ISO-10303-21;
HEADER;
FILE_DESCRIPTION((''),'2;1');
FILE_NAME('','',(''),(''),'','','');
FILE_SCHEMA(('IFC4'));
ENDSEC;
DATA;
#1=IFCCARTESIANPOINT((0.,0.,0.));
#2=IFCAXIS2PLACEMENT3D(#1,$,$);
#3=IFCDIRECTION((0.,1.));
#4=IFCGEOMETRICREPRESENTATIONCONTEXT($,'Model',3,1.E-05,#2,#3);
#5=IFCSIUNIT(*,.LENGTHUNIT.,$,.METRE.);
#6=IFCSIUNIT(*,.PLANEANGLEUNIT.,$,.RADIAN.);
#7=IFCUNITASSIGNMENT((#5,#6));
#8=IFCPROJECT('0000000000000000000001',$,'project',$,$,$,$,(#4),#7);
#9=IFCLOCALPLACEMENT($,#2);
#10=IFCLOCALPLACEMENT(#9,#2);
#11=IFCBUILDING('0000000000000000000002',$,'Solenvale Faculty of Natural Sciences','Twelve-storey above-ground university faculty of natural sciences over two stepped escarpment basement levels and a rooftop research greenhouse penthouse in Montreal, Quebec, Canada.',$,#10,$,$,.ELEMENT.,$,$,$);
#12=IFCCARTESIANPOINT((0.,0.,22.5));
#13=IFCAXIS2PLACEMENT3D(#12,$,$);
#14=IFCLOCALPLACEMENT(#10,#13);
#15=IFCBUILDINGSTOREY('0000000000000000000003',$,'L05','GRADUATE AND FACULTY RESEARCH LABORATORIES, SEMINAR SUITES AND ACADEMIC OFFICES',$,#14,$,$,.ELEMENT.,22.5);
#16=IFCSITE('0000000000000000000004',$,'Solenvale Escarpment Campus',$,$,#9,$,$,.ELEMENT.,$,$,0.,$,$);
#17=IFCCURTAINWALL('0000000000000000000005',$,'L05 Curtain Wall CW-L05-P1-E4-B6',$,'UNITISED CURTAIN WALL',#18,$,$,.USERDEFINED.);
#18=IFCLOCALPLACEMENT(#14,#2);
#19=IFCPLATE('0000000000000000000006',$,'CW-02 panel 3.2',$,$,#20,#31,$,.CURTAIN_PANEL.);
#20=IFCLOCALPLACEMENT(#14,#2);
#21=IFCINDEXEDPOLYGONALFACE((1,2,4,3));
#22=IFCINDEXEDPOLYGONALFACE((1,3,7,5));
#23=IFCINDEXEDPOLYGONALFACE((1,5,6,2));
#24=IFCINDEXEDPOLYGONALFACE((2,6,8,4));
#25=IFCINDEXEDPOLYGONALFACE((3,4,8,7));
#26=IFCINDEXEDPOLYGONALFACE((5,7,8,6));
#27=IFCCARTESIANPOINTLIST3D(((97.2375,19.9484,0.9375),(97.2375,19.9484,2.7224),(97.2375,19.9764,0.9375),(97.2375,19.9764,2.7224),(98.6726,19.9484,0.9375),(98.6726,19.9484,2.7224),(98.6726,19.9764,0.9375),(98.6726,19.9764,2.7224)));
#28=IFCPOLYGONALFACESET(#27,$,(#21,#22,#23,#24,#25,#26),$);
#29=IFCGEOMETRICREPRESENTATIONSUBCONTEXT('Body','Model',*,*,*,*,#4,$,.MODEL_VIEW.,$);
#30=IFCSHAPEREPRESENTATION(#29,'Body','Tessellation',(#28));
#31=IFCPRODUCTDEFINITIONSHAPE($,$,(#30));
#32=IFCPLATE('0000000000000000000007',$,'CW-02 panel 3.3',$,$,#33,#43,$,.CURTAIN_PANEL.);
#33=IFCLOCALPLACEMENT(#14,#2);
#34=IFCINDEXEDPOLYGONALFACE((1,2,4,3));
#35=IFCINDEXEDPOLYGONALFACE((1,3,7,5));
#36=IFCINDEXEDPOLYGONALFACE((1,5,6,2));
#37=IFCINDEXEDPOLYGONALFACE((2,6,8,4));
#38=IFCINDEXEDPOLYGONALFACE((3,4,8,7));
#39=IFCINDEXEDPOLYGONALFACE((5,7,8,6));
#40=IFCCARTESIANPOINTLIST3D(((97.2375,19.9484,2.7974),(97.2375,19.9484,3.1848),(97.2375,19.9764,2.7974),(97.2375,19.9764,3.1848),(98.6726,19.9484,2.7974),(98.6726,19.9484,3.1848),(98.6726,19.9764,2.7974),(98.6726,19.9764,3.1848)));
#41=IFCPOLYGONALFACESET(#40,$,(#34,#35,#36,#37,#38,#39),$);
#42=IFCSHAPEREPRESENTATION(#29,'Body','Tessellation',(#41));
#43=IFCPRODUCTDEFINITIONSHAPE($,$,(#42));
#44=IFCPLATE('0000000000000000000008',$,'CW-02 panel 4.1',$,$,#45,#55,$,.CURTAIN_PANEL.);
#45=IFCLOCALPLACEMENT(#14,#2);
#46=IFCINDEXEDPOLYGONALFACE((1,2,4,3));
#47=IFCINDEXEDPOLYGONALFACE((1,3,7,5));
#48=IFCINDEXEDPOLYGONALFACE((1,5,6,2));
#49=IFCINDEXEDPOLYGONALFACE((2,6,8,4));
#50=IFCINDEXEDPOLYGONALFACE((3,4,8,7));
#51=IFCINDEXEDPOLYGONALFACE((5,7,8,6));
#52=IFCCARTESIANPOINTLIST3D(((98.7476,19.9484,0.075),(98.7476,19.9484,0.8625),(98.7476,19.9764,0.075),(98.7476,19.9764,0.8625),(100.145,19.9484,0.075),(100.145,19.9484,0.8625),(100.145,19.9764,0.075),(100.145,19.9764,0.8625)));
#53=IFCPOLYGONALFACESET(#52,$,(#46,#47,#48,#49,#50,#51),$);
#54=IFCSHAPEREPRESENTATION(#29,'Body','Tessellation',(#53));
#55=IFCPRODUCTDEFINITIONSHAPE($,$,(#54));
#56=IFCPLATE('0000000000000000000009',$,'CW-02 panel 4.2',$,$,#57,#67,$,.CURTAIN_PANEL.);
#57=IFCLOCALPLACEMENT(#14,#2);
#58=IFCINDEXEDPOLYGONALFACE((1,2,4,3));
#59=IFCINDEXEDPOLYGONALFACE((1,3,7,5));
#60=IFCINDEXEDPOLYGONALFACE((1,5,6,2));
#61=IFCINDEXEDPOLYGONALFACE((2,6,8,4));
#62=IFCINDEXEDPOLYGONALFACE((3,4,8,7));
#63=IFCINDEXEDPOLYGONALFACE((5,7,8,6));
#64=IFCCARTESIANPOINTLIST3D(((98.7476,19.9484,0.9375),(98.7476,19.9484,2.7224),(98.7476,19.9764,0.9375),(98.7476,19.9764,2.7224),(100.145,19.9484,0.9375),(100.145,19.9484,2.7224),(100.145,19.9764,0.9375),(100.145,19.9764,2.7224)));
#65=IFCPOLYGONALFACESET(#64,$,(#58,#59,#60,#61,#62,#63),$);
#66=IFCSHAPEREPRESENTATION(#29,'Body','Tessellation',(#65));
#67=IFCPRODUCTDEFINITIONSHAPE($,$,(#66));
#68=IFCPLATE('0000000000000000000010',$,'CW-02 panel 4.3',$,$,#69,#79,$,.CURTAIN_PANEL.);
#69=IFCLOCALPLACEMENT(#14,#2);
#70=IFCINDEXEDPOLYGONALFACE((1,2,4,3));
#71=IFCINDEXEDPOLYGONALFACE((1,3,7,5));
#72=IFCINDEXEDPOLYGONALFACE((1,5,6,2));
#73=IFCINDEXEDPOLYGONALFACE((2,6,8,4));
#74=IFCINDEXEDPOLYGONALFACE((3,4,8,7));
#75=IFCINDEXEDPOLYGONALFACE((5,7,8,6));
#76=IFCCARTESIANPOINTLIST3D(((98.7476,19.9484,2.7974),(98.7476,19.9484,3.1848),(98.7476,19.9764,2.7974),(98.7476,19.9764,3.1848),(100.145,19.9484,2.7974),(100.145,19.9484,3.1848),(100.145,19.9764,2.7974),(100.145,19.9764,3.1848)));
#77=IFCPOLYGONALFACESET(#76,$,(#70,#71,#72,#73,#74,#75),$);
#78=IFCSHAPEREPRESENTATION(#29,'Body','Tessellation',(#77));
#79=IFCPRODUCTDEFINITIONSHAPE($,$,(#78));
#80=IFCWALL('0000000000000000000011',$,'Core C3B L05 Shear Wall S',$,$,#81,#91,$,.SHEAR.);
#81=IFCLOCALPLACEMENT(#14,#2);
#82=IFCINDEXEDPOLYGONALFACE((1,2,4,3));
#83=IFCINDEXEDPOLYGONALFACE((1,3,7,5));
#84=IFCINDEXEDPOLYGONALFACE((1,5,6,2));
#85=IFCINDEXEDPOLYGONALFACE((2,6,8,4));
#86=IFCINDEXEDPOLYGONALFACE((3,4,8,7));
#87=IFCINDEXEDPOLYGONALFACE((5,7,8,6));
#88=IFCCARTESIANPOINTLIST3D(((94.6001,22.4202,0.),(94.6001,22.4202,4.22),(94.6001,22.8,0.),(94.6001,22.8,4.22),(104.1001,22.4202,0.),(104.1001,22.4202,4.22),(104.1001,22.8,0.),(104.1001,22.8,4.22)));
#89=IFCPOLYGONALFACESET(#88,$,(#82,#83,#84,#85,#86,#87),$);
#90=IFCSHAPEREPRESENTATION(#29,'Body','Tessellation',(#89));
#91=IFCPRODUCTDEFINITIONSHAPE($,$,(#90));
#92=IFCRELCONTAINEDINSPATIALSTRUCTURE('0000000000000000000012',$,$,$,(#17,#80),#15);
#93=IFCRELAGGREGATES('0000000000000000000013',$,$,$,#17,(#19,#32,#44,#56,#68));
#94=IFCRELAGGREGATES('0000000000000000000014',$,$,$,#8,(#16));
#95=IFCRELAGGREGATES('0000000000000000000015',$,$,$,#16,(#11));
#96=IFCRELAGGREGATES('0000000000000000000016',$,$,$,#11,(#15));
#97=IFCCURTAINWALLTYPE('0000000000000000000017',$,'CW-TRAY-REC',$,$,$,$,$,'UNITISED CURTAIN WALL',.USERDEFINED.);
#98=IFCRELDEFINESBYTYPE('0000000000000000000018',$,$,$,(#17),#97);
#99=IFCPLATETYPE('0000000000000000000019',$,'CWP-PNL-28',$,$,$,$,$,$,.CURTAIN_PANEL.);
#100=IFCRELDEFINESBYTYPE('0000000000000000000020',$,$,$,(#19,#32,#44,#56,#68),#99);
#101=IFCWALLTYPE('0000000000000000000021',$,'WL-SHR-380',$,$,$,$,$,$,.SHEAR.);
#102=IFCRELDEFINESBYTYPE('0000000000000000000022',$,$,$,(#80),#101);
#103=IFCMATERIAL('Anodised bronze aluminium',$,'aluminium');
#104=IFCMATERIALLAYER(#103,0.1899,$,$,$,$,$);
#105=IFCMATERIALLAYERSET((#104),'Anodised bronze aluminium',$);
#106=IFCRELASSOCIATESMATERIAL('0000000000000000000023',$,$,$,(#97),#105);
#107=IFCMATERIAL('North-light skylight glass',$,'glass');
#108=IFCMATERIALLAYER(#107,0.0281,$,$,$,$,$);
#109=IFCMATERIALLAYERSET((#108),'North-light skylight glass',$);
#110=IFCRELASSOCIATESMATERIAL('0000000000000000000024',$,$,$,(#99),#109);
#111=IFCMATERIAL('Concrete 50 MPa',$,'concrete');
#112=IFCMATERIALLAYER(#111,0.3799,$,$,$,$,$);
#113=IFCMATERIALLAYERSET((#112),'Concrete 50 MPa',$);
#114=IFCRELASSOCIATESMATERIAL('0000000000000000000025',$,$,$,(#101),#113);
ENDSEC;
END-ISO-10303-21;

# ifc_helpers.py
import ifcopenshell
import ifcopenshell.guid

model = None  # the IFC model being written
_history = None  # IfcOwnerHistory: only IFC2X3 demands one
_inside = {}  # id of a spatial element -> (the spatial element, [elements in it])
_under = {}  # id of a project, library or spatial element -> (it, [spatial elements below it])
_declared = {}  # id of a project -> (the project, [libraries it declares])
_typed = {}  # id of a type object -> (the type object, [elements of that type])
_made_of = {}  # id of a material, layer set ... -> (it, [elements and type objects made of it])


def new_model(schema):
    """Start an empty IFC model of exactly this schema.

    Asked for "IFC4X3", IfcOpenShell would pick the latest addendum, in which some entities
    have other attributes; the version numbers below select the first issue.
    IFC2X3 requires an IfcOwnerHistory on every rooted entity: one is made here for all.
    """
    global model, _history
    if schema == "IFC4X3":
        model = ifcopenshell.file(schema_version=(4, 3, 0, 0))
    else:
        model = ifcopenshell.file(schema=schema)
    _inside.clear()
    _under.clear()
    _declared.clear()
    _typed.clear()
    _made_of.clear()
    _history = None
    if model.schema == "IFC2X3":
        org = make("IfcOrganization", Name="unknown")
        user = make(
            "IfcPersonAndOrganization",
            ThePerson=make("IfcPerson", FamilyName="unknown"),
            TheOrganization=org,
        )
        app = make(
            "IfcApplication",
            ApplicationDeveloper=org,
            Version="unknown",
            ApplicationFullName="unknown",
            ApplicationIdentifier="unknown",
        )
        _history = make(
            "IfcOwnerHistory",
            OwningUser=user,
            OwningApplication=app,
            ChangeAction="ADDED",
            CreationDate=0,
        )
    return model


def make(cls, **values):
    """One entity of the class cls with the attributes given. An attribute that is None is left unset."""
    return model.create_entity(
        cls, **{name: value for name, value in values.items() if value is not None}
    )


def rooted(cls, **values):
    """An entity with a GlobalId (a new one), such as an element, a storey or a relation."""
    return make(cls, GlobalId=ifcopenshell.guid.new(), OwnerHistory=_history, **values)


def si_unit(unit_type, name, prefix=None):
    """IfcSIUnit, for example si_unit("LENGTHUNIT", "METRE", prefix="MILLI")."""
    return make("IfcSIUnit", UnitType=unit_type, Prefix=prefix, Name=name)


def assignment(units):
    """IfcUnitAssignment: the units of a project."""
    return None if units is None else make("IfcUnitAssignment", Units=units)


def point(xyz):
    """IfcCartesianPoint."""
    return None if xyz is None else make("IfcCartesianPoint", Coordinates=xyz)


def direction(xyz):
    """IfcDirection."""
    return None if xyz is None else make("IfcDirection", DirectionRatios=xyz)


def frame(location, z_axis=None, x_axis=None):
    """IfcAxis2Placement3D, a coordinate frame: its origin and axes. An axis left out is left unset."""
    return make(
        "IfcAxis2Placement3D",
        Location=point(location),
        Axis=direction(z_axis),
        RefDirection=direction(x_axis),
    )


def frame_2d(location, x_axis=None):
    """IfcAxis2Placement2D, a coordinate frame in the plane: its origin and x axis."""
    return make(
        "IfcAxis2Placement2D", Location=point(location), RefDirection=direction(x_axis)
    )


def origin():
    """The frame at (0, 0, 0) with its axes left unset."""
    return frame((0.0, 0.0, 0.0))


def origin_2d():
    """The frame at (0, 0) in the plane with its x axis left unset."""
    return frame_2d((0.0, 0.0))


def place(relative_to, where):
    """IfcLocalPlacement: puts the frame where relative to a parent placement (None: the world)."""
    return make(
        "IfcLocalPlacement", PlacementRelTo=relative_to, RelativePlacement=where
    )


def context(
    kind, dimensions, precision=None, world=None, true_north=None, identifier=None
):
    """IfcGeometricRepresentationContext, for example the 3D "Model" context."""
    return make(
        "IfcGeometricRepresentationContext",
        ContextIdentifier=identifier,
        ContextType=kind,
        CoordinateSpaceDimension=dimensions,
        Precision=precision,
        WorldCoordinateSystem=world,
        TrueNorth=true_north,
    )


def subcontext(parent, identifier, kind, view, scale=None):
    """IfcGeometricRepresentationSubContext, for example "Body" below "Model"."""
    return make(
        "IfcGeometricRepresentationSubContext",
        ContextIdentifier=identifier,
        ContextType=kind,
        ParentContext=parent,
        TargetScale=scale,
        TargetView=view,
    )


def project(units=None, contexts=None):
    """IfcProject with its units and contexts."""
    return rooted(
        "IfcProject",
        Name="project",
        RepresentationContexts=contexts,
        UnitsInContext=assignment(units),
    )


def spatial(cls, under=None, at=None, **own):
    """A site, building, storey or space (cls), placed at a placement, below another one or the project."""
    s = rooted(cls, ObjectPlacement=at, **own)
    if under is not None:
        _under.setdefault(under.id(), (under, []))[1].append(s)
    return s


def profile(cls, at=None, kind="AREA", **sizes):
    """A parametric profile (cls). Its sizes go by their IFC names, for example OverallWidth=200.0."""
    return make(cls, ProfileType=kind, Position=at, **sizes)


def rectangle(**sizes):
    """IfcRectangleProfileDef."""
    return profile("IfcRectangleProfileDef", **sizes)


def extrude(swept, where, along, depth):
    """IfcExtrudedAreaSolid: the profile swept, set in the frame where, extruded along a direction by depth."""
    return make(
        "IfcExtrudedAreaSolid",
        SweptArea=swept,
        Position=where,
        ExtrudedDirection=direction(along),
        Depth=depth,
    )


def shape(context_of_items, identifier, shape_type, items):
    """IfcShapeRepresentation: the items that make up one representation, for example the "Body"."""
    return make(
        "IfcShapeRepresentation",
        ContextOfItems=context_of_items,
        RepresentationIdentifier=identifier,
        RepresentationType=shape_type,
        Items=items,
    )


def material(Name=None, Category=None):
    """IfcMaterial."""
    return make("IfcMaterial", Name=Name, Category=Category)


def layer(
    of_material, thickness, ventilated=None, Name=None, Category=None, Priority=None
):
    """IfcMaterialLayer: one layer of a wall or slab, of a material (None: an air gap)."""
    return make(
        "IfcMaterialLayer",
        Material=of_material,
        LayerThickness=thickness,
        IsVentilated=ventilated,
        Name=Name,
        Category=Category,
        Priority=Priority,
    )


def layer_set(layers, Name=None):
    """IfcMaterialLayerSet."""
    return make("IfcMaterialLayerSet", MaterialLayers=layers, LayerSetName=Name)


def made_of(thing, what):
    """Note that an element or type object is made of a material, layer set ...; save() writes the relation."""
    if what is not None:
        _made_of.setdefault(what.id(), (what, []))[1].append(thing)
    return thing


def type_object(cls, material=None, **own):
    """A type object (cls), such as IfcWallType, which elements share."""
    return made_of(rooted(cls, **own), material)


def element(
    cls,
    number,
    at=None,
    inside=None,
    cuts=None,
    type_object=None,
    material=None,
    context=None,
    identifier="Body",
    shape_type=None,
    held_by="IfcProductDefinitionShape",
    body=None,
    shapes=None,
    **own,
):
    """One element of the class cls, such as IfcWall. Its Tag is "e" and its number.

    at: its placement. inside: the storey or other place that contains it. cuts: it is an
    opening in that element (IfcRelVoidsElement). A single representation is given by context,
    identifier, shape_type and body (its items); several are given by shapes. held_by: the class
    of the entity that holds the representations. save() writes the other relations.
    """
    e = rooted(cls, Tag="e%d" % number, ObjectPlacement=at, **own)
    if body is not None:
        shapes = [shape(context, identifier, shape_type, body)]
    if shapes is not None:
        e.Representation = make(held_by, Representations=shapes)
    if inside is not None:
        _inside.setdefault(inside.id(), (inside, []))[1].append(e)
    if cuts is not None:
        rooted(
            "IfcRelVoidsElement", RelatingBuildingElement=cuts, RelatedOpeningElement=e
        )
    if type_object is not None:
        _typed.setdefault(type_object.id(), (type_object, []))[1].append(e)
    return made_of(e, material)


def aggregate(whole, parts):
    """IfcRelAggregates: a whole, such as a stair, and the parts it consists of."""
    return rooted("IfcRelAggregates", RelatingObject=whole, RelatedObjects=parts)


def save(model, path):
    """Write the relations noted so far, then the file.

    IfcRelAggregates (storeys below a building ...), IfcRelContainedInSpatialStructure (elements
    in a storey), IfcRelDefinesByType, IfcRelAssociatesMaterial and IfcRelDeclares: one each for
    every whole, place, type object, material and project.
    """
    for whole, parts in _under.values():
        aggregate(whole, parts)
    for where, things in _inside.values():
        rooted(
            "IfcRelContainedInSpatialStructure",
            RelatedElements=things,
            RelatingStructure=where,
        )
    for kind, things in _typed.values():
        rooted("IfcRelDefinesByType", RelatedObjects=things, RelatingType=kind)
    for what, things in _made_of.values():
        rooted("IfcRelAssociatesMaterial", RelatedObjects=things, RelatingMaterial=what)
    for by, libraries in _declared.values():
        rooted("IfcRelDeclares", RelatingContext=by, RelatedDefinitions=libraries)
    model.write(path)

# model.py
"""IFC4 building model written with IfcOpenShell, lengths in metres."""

from ifc_helpers import new_model, si_unit, direction, frame, frame_2d, origin, origin_2d, place, context, subcontext, project, spatial, rectangle, extrude, material, layer, layer_set, type_object, element, aggregate, save


model = new_model("IFC4")

# Units and contexts
model_context = context("Model", 3, precision=1e-05, world=origin(), true_north=direction((0.0, 1.0)))
body_context = subcontext(model_context, "Body", "Model", "MODEL_VIEW")
ifc_project = project(units=[si_unit("LENGTHUNIT", "METRE"), si_unit("PLANEANGLEUNIT", "RADIAN")], contexts=[model_context])

# Site, building, storey
site_placement = place(None, origin())
site = spatial("IfcSite", under=ifc_project, at=site_placement, Name="Solenvale Escarpment Campus", CompositionType="ELEMENT", RefElevation=0.0)
building_placement = place(site_placement, origin())
building = spatial("IfcBuilding", under=site, at=building_placement, Name="Solenvale Faculty of Natural Sciences", Description="Twelve-storey above-ground university faculty of natural sciences over two stepped escarpment basement levels and a rooftop research greenhouse penthouse in Montreal, Quebec, Canada.", CompositionType="ELEMENT")
storey_placement = place(building_placement, frame((0.0, 0.0, 22.5)))
storey = spatial("IfcBuildingStorey", under=building, at=storey_placement, Name="L05", Description="GRADUATE AND FACULTY RESEARCH LABORATORIES, SEMINAR SUITES AND ACADEMIC OFFICES", CompositionType="ELEMENT", Elevation=22.5)

# Curtain wall, plates
ifc_material_1 = material(Name="Anodised bronze aluminium", Category="aluminium")
ifc_layer_1 = layer(ifc_material_1, 0.1899)
ifc_layer_set_1 = layer_set([ifc_layer_1], Name="Anodised bronze aluminium")
curtain_wall_type = type_object("IfcCurtainWallType", Name="CW-TRAY-REC", ElementType="UNITISED CURTAIN WALL", PredefinedType="USERDEFINED", material=ifc_layer_set_1)
curtain_wall_placement = place(storey_placement, origin())
curtain_wall = element("IfcCurtainWall", 1, at=curtain_wall_placement, inside=storey, type_object=curtain_wall_type, Name="L05 Curtain Wall CW-L05-P1-E4-B6", ObjectType="UNITISED CURTAIN WALL", PredefinedType="USERDEFINED")
ifc_material_2 = material(Name="North-light skylight glass", Category="glass")
ifc_layer_2 = layer(ifc_material_2, 0.0281)
ifc_layer_set_2 = layer_set([ifc_layer_2], Name="North-light skylight glass")
plate_type = type_object("IfcPlateType", Name="CWP-PNL-28", PredefinedType="CURTAIN_PANEL", material=ifc_layer_set_2)
plate_1_placement = place(storey_placement, frame((97.9551, 19.9624, 0.9375), z_axis=(0.0, 0.0, 1.0), x_axis=(1.0, 0.0, 0.0)))
plate_1 = element("IfcPlate", 2, at=plate_1_placement, type_object=plate_type, Name="CW-02 panel 3.2", PredefinedType="CURTAIN_PANEL", context=body_context, shape_type="SweptSolid", body=[
    extrude(rectangle(XDim=1.4351, YDim=0.0281, at=origin_2d()), origin(), (0.0, 0.0, 1.0), 1.7849),
])
plate_2_placement = place(storey_placement, frame((97.9551, 19.9624, 2.7974), z_axis=(0.0, 0.0, 1.0), x_axis=(1.0, 0.0, 0.0)))
plate_2 = element("IfcPlate", 3, at=plate_2_placement, type_object=plate_type, Name="CW-02 panel 3.3", PredefinedType="CURTAIN_PANEL", context=body_context, shape_type="SweptSolid", body=[
    extrude(rectangle(XDim=1.4351, YDim=0.0281, at=origin_2d()), origin(), (0.0, 0.0, 1.0), 0.3875),
])
plate_3_placement = place(storey_placement, frame((99.4463, 19.9624, 0.075), z_axis=(0.0, 0.0, 1.0), x_axis=(1.0, 0.0, 0.0)))
plate_3 = element("IfcPlate", 4, at=plate_3_placement, type_object=plate_type, Name="CW-02 panel 4.1", PredefinedType="CURTAIN_PANEL", context=body_context, shape_type="SweptSolid", body=[
    extrude(rectangle(XDim=1.3975, YDim=0.0281, at=origin_2d()), origin(), (0.0, 0.0, 1.0), 0.7876),
])
plate_4_placement = place(storey_placement, frame((99.4463, 19.9624, 0.9375), z_axis=(0.0, 0.0, 1.0), x_axis=(1.0, 0.0, 0.0)))
plate_4 = element("IfcPlate", 5, at=plate_4_placement, type_object=plate_type, Name="CW-02 panel 4.2", PredefinedType="CURTAIN_PANEL", context=body_context, shape_type="SweptSolid", body=[
    extrude(rectangle(XDim=1.3975, YDim=0.0281, at=origin_2d()), origin(), (0.0, 0.0, 1.0), 1.7849),
])
plate_5_placement = place(storey_placement, frame((99.4463, 19.9624, 2.7974), z_axis=(0.0, 0.0, 1.0), x_axis=(1.0, 0.0, 0.0)))
plate_5 = element("IfcPlate", 6, at=plate_5_placement, type_object=plate_type, Name="CW-02 panel 4.3", PredefinedType="CURTAIN_PANEL", context=body_context, shape_type="SweptSolid", body=[
    extrude(rectangle(XDim=1.3975, YDim=0.0281, at=origin_2d()), origin(), (0.0, 0.0, 1.0), 0.3875),
])
aggregate(curtain_wall, [plate_1, plate_2, plate_3, plate_4, plate_5])

# Wall
ifc_material_3 = material(Name="Concrete 50 MPa", Category="concrete")
ifc_layer_3 = layer(ifc_material_3, 0.3799)
ifc_layer_set_3 = layer_set([ifc_layer_3], Name="Concrete 50 MPa")
wall_type = type_object("IfcWallType", Name="WL-SHR-380", PredefinedType="SHEAR", material=ifc_layer_set_3)
wall_placement = place(storey_placement, frame((94.6001, 22.6101, 0.0), z_axis=(0.0, 0.0, 1.0), x_axis=(1.0, 0.0, 0.0)))
element("IfcWall", 7, at=wall_placement, inside=storey, type_object=wall_type, Name="Core C3B L05 Shear Wall S", PredefinedType="SHEAR", context=body_context, shape_type="SweptSolid", body=[
    extrude(rectangle(XDim=9.5, YDim=0.3799, at=frame_2d((4.75, 0.0))), origin(), (0.0, 0.0, 1.0), 4.22),
])

save(model, "model.ifc")
